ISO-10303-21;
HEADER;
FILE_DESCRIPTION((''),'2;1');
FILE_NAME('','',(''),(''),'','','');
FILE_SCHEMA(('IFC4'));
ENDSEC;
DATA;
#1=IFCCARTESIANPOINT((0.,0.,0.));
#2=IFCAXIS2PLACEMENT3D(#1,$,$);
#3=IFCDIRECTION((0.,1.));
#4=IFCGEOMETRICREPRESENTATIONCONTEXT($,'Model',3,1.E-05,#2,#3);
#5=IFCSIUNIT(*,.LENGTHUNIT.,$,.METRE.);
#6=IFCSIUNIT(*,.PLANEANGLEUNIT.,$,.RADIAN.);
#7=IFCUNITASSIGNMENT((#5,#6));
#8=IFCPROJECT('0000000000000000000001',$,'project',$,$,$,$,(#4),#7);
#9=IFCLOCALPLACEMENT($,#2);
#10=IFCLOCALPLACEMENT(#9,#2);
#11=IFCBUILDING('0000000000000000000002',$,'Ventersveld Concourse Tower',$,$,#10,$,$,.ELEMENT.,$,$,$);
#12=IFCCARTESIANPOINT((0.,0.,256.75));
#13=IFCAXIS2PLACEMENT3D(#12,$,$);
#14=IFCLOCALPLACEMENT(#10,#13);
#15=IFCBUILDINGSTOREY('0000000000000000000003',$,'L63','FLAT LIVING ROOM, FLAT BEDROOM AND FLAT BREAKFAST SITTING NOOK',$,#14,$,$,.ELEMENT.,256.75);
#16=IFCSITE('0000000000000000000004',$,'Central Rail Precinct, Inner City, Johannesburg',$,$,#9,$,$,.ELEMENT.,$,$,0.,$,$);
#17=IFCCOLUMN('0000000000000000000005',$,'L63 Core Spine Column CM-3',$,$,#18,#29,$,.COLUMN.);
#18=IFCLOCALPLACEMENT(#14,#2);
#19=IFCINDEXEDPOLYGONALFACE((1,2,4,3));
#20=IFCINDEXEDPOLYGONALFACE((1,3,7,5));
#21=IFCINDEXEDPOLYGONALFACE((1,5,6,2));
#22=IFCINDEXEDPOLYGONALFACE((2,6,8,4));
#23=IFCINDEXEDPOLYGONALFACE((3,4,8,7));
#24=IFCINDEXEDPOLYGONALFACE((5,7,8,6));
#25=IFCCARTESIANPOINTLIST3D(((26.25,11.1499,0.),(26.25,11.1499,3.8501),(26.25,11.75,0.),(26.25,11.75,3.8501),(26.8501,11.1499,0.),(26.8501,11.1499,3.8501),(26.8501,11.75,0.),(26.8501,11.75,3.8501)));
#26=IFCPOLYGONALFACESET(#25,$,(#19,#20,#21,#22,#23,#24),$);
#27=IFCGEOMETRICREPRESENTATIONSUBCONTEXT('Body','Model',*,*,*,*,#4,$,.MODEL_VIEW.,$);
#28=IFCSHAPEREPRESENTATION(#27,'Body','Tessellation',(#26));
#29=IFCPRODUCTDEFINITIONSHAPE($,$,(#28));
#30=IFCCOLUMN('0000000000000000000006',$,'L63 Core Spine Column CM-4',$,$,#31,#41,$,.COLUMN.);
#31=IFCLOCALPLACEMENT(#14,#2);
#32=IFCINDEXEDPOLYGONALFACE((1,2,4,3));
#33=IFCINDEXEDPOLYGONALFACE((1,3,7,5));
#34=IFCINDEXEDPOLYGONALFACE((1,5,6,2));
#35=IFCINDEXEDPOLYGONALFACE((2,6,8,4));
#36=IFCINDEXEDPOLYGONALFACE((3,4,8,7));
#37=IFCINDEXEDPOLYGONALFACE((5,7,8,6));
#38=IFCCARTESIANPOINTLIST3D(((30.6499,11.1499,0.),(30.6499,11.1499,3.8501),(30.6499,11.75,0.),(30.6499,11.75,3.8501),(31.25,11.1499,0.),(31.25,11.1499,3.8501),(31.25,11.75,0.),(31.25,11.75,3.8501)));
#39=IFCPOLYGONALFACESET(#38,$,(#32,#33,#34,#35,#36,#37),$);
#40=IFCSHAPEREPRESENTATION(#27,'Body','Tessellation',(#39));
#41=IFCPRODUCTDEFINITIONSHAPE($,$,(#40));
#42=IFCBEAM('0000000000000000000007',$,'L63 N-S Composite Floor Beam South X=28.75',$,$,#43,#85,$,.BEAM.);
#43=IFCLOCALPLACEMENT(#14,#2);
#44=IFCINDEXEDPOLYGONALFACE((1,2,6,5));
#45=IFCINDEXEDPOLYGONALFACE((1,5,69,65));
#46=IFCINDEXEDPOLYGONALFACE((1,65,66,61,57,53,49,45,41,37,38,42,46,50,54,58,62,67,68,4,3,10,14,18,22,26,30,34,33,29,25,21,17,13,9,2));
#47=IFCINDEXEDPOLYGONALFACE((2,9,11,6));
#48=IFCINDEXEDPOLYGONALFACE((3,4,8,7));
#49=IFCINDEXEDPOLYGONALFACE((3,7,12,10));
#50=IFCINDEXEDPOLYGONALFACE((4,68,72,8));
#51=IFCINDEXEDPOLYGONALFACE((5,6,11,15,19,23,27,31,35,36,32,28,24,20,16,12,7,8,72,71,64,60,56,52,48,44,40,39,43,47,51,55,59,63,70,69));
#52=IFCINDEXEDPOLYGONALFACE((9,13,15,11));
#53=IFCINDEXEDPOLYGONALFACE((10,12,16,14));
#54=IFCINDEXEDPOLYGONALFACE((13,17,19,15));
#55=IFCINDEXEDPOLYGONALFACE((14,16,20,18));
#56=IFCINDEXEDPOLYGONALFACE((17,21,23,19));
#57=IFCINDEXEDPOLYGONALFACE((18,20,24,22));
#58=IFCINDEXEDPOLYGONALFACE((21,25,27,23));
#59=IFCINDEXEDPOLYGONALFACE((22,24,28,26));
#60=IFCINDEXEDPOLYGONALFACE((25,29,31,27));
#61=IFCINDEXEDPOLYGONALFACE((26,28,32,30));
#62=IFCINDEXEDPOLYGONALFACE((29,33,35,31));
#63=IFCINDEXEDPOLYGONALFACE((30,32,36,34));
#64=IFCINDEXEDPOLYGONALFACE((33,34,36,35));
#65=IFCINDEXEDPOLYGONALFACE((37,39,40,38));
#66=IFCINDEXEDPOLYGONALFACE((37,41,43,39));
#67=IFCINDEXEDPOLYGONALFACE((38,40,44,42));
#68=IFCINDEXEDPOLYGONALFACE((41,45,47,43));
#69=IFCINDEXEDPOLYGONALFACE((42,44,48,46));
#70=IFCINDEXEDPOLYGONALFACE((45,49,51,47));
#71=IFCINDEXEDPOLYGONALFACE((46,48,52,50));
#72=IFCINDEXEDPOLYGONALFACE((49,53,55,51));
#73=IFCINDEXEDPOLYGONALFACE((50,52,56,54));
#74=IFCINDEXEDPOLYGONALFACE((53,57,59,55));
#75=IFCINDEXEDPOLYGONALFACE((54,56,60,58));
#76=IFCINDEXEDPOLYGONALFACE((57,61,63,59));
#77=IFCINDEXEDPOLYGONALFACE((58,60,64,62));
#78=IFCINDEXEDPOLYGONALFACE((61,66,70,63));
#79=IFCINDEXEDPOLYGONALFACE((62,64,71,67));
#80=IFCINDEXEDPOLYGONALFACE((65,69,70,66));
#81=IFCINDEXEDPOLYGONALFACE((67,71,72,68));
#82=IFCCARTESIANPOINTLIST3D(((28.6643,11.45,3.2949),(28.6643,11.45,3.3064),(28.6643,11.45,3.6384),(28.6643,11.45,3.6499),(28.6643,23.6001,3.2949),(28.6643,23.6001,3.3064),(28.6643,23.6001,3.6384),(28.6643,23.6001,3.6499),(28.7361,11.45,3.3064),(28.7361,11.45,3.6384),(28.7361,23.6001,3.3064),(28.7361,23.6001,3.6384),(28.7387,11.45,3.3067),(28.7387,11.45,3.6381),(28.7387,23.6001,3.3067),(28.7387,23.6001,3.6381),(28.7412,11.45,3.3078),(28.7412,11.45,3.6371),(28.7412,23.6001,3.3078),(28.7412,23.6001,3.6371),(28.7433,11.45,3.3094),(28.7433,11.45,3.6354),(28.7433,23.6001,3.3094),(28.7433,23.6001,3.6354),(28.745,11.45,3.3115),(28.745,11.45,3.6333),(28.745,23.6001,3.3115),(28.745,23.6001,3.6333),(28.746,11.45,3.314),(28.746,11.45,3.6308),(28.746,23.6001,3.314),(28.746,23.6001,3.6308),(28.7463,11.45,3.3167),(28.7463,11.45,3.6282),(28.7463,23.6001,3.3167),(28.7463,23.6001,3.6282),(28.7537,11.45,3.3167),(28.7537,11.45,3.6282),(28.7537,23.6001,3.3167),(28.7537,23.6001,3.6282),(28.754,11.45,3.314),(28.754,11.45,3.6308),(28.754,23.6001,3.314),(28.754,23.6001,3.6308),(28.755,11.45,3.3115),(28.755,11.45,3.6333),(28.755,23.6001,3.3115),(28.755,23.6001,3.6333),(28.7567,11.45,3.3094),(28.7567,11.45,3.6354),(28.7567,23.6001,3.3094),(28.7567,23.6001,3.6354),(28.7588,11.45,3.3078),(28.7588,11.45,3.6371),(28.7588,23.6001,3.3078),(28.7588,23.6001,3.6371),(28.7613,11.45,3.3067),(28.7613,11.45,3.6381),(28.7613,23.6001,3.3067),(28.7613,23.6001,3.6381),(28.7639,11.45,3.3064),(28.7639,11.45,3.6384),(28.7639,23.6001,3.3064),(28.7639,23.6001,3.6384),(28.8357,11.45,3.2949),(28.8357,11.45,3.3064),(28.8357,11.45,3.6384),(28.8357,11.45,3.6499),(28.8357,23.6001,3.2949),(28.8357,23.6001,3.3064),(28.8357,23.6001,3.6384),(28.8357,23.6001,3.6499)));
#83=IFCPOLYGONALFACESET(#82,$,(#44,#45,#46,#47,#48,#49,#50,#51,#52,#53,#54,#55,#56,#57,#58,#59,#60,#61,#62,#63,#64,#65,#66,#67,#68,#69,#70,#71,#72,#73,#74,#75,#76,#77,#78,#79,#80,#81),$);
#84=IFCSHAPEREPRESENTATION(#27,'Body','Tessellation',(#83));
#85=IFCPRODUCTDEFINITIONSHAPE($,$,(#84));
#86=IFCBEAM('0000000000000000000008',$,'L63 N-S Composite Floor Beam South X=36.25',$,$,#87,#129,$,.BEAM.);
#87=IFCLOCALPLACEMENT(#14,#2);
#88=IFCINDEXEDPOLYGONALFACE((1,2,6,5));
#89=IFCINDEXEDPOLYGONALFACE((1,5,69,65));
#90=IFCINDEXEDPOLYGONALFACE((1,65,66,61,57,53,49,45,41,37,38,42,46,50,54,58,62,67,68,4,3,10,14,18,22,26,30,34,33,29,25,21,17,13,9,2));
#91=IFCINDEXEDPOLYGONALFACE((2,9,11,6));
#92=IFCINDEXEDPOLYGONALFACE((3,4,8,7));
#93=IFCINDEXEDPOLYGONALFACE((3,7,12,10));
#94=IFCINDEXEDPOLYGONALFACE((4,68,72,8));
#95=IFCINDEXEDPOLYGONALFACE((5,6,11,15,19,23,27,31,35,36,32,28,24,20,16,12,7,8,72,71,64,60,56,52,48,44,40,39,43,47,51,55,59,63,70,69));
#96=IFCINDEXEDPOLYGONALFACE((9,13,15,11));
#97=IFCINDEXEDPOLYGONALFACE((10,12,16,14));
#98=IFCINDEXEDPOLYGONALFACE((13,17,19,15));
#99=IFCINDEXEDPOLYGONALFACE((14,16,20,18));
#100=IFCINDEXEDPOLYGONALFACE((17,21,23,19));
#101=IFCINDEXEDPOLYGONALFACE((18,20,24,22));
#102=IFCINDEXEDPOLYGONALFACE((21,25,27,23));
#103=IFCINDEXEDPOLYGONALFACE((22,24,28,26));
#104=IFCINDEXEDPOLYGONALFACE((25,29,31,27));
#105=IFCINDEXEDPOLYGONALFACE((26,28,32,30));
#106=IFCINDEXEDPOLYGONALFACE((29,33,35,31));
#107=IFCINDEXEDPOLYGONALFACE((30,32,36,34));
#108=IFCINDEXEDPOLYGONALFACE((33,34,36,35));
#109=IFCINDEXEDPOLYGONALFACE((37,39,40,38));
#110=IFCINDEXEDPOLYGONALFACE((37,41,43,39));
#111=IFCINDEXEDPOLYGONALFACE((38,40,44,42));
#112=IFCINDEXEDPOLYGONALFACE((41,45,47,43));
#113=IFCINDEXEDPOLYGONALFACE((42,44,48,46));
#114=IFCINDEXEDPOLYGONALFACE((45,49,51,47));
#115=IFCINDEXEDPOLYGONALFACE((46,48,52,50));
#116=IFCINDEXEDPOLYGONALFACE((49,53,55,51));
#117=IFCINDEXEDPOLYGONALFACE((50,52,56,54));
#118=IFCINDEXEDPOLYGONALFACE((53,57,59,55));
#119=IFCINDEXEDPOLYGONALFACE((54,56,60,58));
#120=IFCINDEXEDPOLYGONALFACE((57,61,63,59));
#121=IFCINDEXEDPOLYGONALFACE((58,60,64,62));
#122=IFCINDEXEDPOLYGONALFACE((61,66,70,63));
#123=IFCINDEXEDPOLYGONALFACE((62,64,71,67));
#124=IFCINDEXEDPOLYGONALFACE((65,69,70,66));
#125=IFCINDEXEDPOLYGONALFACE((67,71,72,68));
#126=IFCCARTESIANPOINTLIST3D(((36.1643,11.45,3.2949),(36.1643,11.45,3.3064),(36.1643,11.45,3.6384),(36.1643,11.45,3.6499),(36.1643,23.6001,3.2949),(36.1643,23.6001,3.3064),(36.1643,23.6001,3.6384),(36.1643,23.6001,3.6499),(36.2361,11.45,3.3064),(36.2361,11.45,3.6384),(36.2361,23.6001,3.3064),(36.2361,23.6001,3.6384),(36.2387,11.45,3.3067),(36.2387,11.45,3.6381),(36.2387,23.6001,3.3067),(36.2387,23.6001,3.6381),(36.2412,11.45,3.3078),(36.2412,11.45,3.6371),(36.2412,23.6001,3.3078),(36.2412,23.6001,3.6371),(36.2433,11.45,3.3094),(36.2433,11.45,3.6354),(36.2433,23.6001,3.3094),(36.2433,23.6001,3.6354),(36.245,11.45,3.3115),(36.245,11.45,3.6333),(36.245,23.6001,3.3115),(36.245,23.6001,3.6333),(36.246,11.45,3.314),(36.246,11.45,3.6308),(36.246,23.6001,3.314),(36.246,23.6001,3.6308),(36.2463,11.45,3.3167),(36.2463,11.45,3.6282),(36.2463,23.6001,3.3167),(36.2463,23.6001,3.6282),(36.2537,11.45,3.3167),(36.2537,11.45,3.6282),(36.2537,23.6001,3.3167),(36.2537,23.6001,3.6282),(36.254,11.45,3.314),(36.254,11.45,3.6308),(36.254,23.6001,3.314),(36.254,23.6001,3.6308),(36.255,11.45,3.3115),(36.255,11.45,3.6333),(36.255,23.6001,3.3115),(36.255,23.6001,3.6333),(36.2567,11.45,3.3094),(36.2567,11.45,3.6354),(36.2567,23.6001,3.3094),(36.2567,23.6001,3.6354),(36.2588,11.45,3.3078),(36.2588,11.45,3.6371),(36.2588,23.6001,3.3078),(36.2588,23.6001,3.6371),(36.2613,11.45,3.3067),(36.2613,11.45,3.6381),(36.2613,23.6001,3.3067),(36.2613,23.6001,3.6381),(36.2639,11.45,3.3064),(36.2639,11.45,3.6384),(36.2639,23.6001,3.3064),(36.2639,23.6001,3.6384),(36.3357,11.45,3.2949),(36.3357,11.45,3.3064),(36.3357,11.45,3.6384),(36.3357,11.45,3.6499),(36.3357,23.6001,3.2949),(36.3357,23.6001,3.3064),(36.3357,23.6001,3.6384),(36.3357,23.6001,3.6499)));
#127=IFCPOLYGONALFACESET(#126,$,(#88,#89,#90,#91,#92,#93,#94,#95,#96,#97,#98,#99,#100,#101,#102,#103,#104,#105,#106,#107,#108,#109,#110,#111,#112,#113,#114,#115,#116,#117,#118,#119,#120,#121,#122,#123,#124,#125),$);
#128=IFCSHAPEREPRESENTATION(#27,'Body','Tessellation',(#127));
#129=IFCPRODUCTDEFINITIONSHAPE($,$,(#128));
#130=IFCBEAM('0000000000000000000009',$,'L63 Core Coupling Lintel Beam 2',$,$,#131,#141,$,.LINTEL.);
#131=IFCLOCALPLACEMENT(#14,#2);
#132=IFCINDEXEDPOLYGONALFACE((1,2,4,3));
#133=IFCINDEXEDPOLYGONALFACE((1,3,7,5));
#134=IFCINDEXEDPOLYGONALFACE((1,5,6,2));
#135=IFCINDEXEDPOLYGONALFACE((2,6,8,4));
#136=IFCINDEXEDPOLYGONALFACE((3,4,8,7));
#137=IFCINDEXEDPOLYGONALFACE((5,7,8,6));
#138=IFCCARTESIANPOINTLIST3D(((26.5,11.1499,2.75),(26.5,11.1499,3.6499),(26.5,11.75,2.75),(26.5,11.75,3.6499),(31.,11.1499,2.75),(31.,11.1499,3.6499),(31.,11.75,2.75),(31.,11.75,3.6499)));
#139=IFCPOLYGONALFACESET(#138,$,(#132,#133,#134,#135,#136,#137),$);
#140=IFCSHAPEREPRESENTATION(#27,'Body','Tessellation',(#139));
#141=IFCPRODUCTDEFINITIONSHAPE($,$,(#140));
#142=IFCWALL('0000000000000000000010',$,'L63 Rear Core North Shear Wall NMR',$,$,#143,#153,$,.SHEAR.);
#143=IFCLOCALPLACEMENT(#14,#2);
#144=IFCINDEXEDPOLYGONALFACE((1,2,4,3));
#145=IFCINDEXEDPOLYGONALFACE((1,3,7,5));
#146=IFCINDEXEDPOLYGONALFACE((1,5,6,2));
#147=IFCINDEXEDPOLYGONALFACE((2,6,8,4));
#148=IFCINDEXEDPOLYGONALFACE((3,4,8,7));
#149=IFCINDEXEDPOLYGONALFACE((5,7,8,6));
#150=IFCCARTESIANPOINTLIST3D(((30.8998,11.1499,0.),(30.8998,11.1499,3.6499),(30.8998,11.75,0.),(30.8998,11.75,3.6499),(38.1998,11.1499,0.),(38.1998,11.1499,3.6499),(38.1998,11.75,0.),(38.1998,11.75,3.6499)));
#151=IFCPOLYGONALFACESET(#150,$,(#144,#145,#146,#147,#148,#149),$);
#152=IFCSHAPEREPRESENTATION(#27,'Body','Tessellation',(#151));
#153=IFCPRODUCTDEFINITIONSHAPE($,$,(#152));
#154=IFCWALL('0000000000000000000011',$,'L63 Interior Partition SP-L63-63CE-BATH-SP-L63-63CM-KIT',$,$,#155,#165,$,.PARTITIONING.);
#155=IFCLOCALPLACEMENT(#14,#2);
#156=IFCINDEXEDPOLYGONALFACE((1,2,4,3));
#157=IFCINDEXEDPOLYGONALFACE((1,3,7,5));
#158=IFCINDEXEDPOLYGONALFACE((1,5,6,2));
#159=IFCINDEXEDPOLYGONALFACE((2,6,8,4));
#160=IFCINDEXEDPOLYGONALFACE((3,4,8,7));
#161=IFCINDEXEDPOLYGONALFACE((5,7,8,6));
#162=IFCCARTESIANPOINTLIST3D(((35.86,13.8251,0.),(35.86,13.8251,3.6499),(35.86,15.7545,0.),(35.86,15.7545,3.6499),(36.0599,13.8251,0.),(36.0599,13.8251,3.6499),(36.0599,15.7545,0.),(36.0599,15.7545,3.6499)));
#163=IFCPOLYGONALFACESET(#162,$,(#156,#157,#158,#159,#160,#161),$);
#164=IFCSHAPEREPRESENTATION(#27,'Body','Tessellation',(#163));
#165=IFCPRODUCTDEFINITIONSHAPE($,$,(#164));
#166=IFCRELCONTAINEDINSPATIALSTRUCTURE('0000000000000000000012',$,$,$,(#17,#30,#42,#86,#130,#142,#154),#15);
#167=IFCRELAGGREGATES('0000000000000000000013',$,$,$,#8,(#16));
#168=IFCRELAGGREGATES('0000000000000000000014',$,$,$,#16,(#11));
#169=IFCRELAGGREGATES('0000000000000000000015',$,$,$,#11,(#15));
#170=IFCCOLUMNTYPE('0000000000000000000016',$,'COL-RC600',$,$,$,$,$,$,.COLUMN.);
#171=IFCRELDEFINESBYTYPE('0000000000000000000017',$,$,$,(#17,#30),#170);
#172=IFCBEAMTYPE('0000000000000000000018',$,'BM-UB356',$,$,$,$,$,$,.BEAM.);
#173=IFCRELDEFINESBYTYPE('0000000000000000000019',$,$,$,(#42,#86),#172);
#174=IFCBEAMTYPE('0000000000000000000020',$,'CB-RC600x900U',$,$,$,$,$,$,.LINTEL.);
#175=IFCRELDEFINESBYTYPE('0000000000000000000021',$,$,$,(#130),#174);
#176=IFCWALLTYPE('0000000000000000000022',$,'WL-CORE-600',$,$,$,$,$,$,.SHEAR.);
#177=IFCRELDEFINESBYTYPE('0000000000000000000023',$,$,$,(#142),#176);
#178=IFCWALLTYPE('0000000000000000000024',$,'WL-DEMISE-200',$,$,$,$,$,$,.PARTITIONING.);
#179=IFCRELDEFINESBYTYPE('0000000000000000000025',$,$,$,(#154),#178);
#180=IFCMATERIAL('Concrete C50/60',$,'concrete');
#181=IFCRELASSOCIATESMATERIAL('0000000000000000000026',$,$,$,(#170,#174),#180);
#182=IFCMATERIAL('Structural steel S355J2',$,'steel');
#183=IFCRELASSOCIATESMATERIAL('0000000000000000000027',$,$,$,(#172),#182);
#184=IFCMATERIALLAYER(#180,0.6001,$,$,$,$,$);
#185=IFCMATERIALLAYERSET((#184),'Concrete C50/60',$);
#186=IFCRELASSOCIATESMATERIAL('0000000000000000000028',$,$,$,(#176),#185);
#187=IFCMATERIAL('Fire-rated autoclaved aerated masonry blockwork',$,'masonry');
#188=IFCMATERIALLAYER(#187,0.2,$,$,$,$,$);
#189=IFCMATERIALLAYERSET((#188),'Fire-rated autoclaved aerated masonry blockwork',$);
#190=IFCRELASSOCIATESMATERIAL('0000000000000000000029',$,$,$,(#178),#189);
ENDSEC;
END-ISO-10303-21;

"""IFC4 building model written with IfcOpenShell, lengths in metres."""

from ifc_helpers import new_model, si_unit, direction, frame, frame_2d, origin, origin_2d, place, context, subcontext, project, spatial, rectangle, i_section, extrude, material, layer, layer_set, material_profile, profile_set, type_object, element, save


model = new_model("IFC4")

# Units and contexts
model_context = context("Model", 3, precision=1e-05, world=origin(), true_north=direction((0.0, 1.0)))
body_context = subcontext(model_context, "Body", "Model", "MODEL_VIEW")
ifc_project = project(units=[si_unit("LENGTHUNIT", "METRE"), si_unit("PLANEANGLEUNIT", "RADIAN")], contexts=[model_context])

# Site, building, storey
site_placement = place(None, origin())
site = spatial("IfcSite", under=ifc_project, at=site_placement, Name="Central Rail Precinct, Inner City, Johannesburg", CompositionType="ELEMENT", RefElevation=0.0)
building_placement = place(site_placement, origin())
building = spatial("IfcBuilding", under=site, at=building_placement, Name="Ventersveld Concourse Tower", CompositionType="ELEMENT")
storey_placement = place(building_placement, frame((0.0, 0.0, 256.75)))
storey = spatial("IfcBuildingStorey", under=building, at=storey_placement, Name="L63", Description="FLAT LIVING ROOM, FLAT BEDROOM AND FLAT BREAKFAST SITTING NOOK", CompositionType="ELEMENT", Elevation=256.75)

# Columns
ifc_material_1 = material(Name="Concrete C50/60", Category="concrete")
ifc_material_profile_1 = material_profile(ifc_material_1, rectangle(XDim=0.6001, YDim=0.6001, at=origin_2d()), Name="RC 600x600")
ifc_profile_set_1 = profile_set([ifc_material_profile_1], Name="Concrete C50/60")
column_type = type_object("IfcColumnType", Name="COL-RC600", PredefinedType="COLUMN", material=ifc_profile_set_1)
for number, where, z_axis, x_axis, name in (
    (1, (26.55, 11.45, 0.0), (0.0, 0.0, 1.0), (1.0, 0.0, 0.0), "L63 Core Spine Column CM-3"),
    (2, (30.95, 11.45, 0.0), (0.0, 0.0, 1.0), (1.0, 0.0, 0.0), "L63 Core Spine Column CM-4"),
):
    element("IfcColumn", number, at=place(storey_placement, frame(where, z_axis=z_axis, x_axis=x_axis)), inside=storey, type_object=column_type, Name=name, PredefinedType="COLUMN", context=body_context, shape_type="SweptSolid", body=[
        extrude(rectangle(XDim=0.6001, YDim=0.6001, at=origin_2d()), origin(), (0.0, 0.0, 1.0), 3.8501),
    ])

# Beams
ifc_material_2 = material(Name="Structural steel S355J2", Category="steel")
ifc_material_profile_2 = material_profile(ifc_material_2, i_section(OverallWidth=0.1714, OverallDepth=0.355, WebThickness=0.0073, FlangeThickness=0.0115, FilletRadius=0.0103, at=origin_2d()), Name="UB 356x171x51")
ifc_profile_set_2 = profile_set([ifc_material_profile_2], Name="Structural steel S355J2")
beam_type_1 = type_object("IfcBeamType", Name="BM-UB356", PredefinedType="BEAM", material=ifc_profile_set_2)
for number, where, z_axis, x_axis, name in (
    (3, (28.75, 11.45, 3.4724), (0.0, 1.0, 0.0), (-1.0, 0.0, 0.0), "L63 N-S Composite Floor Beam South X=28.75"),
    (4, (36.25, 11.45, 3.4724), (0.0, 1.0, 0.0), (-1.0, 0.0, 0.0), "L63 N-S Composite Floor Beam South X=36.25"),
):
    element("IfcBeam", number, at=place(storey_placement, frame(where, z_axis=z_axis, x_axis=x_axis)), inside=storey, type_object=beam_type_1, Name=name, PredefinedType="BEAM", context=body_context, shape_type="SweptSolid", body=[
        extrude(i_section(OverallWidth=0.1714, OverallDepth=0.355, WebThickness=0.0073, FlangeThickness=0.0115, FilletRadius=0.0103, at=origin_2d()), origin(), (0.0, 0.0, 1.0), 12.1501),
    ])
ifc_material_profile_3 = material_profile(ifc_material_1, rectangle(XDim=0.6001, YDim=0.8999, at=origin_2d()), Name="RC 600x900")
ifc_profile_set_3 = profile_set([ifc_material_profile_3], Name="Concrete C50/60")
beam_type_2 = type_object("IfcBeamType", Name="CB-RC600x900U", PredefinedType="LINTEL", material=ifc_profile_set_3)
beam_placement = place(storey_placement, frame((26.5, 11.45, 3.2), z_axis=(1.0, 0.0, 0.0), x_axis=(0.0, 1.0, 0.0)))
element("IfcBeam", 5, at=beam_placement, inside=storey, type_object=beam_type_2, Name="L63 Core Coupling Lintel Beam 2", PredefinedType="LINTEL", context=body_context, shape_type="SweptSolid", body=[
    extrude(rectangle(XDim=0.6001, YDim=0.8999, at=origin_2d()), origin(), (0.0, 0.0, 1.0), 4.5),
])

# Walls
ifc_layer_1 = layer(ifc_material_1, 0.6001)
ifc_layer_set_1 = layer_set([ifc_layer_1], Name="Concrete C50/60")
wall_type_1 = type_object("IfcWallType", Name="WL-CORE-600", PredefinedType="SHEAR", material=ifc_layer_set_1)
wall_1_placement = place(storey_placement, frame((30.8999, 11.45, 0.0), z_axis=(0.0, 0.0, 1.0), x_axis=(1.0, 0.0, 0.0)))
element("IfcWall", 6, at=wall_1_placement, inside=storey, type_object=wall_type_1, Name="L63 Rear Core North Shear Wall NMR", PredefinedType="SHEAR", context=body_context, shape_type="SweptSolid", body=[
    extrude(rectangle(XDim=7.3, YDim=0.6001, at=frame_2d((3.6499, 0.0))), origin(), (0.0, 0.0, 1.0), 3.6499),
])
ifc_material_3 = material(Name="Fire-rated autoclaved aerated masonry blockwork", Category="masonry")
ifc_layer_2 = layer(ifc_material_3, 0.2)
ifc_layer_set_2 = layer_set([ifc_layer_2], Name="Fire-rated autoclaved aerated masonry blockwork")
wall_type_2 = type_object("IfcWallType", Name="WL-DEMISE-200", PredefinedType="PARTITIONING", material=ifc_layer_set_2)
wall_2_placement = place(storey_placement, frame((35.96, 13.825, 0.0), z_axis=(0.0, 0.0, 1.0), x_axis=(0.0, 1.0, 0.0)))
element("IfcWall", 7, at=wall_2_placement, inside=storey, type_object=wall_type_2, Name="L63 Interior Partition SP-L63-63CE-BATH-SP-L63-63CM-KIT", PredefinedType="PARTITIONING", context=body_context, shape_type="SweptSolid", body=[
    extrude(rectangle(XDim=1.9294, YDim=0.2, at=frame_2d((0.9648, 0.0))), origin(), (0.0, 0.0, 1.0), 3.6499),
])

save(model, "model.ifc")
